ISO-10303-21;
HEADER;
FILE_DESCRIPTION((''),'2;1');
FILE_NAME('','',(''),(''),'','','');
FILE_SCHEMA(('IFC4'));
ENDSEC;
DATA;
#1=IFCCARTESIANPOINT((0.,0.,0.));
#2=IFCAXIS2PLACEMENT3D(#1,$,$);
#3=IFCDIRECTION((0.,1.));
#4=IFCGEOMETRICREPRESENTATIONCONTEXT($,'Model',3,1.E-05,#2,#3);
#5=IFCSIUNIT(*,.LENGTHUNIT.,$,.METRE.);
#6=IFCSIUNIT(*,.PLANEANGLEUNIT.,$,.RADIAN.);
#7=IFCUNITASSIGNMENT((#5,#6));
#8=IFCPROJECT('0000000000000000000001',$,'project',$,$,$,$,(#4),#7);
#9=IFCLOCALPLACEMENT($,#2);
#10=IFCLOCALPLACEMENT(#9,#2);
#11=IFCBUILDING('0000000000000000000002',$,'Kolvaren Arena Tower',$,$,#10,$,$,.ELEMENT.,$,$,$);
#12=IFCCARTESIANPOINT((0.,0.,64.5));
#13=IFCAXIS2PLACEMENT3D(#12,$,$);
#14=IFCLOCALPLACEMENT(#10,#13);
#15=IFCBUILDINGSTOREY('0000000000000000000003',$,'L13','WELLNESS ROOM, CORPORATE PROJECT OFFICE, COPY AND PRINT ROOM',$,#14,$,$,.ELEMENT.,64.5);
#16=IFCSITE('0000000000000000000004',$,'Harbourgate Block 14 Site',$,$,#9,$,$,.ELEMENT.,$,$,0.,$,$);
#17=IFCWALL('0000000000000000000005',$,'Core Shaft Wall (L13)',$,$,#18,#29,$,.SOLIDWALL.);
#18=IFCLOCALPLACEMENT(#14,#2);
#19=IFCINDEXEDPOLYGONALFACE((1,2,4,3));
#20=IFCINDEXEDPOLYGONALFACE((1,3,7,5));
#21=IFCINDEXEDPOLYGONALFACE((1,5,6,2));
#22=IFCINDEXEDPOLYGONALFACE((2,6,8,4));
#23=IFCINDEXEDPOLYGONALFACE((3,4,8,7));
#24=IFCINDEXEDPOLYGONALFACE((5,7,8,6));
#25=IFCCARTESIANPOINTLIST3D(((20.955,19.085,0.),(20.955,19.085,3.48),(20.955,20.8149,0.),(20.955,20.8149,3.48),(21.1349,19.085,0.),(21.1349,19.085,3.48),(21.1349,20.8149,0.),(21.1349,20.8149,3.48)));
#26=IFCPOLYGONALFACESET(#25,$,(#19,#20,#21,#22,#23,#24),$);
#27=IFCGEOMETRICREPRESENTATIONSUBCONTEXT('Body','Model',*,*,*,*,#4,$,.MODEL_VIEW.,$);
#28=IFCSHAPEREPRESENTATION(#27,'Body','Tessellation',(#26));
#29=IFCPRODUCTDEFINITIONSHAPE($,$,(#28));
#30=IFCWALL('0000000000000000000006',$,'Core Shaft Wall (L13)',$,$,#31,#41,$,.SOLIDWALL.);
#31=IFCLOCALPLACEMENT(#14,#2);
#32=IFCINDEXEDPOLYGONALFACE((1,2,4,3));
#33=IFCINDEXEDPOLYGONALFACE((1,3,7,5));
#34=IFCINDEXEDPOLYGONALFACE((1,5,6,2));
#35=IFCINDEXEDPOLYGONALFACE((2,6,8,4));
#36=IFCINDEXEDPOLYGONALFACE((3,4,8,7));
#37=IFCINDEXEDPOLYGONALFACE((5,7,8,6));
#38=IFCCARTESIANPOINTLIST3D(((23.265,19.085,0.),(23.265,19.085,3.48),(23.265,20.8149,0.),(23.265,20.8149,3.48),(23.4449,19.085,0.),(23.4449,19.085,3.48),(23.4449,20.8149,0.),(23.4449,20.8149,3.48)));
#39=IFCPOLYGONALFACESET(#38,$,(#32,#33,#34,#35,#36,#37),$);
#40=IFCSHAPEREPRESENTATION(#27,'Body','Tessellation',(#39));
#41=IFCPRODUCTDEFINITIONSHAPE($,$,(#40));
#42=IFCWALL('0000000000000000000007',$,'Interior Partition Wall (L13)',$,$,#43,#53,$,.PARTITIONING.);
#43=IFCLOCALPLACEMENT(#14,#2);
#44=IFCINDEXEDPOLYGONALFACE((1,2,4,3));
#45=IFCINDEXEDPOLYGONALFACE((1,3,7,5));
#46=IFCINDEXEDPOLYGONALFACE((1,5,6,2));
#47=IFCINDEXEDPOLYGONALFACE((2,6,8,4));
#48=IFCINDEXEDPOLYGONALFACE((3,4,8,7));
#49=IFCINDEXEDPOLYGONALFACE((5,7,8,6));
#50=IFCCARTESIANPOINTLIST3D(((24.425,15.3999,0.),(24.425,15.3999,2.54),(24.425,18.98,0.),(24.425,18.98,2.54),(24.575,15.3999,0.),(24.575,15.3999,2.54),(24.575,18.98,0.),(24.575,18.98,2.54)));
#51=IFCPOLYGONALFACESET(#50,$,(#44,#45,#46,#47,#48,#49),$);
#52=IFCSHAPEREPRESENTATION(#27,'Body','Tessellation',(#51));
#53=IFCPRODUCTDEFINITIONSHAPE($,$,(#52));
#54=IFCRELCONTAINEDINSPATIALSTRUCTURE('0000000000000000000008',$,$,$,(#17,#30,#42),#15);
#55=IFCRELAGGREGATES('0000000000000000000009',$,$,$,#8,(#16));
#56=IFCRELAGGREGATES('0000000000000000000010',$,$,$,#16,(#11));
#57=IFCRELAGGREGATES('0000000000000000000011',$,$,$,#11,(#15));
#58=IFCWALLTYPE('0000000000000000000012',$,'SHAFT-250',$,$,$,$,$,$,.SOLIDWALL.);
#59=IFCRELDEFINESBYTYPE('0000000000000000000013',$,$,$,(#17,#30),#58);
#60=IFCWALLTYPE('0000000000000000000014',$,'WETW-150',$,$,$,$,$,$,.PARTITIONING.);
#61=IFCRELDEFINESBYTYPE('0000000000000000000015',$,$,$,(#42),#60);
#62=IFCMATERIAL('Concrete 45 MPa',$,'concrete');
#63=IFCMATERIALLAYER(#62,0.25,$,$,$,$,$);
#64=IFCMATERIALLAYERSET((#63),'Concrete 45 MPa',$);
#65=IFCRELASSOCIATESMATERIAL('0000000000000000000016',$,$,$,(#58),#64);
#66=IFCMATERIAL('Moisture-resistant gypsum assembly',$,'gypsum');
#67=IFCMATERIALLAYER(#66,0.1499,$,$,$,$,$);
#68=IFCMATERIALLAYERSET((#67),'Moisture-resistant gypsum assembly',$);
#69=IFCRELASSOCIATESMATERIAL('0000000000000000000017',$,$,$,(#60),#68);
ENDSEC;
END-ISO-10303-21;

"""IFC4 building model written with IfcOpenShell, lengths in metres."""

from ifc_helpers import new_model, si_unit, direction, frame, frame_2d, origin, place, context, subcontext, project, spatial, rectangle, extrude, material, layer, layer_set, type_object, element, save


model = new_model("IFC4")

# Units and contexts
model_context = context("Model", 3, precision=1e-05, world=origin(), true_north=direction((0.0, 1.0)))
body_context = subcontext(model_context, "Body", "Model", "MODEL_VIEW")
ifc_project = project(units=[si_unit("LENGTHUNIT", "METRE"), si_unit("PLANEANGLEUNIT", "RADIAN")], contexts=[model_context])

# Site, building, storey
site_placement = place(None, origin())
site = spatial("IfcSite", under=ifc_project, at=site_placement, Name="Harbourgate Block 14 Site", CompositionType="ELEMENT", RefElevation=0.0)
building_placement = place(site_placement, origin())
building = spatial("IfcBuilding", under=site, at=building_placement, Name="Kolvaren Arena Tower", CompositionType="ELEMENT")
storey_placement = place(building_placement, frame((0.0, 0.0, 64.5)))
storey = spatial("IfcBuildingStorey", under=building, at=storey_placement, Name="L13", Description="WELLNESS ROOM, CORPORATE PROJECT OFFICE, COPY AND PRINT ROOM", CompositionType="ELEMENT", Elevation=64.5)

# Walls
ifc_material_1 = material(Name="Concrete 45 MPa", Category="concrete")
ifc_layer_1 = layer(ifc_material_1, 0.25)
ifc_layer_set_1 = layer_set([ifc_layer_1], Name="Concrete 45 MPa")
wall_type_1 = type_object("IfcWallType", Name="SHAFT-250", PredefinedType="SOLIDWALL", material=ifc_layer_set_1)
for number, where, z_axis, x_axis, name in (
    (1, (21.0449, 19.085, 0.0), (0.0, 0.0, 1.0), (0.0, 1.0, 0.0), "Core Shaft Wall (L13)"),
    (2, (23.355, 19.085, 0.0), (0.0, 0.0, 1.0), (0.0, 1.0, 0.0), "Core Shaft Wall (L13)"),
):
    element("IfcWall", number, at=place(storey_placement, frame(where, z_axis=z_axis, x_axis=x_axis)), inside=storey, type_object=wall_type_1, Name=name, PredefinedType="SOLIDWALL", context=body_context, shape_type="SweptSolid", body=[
        extrude(rectangle(XDim=1.73, YDim=0.1799, at=frame_2d((0.865, 0.0))), origin(), (0.0, 0.0, 1.0), 3.48),
    ])
ifc_material_2 = material(Name="Moisture-resistant gypsum assembly", Category="gypsum")
ifc_layer_2 = layer(ifc_material_2, 0.1499)
ifc_layer_set_2 = layer_set([ifc_layer_2], Name="Moisture-resistant gypsum assembly")
wall_type_2 = type_object("IfcWallType", Name="WETW-150", PredefinedType="PARTITIONING", material=ifc_layer_set_2)
wall_1_placement = place(storey_placement, frame((24.5, 15.3999, 0.0), z_axis=(0.0, 0.0, 1.0), x_axis=(0.0, 1.0, 0.0)))
element("IfcWall", 3, at=wall_1_placement, inside=storey, type_object=wall_type_2, Name="Interior Partition Wall (L13)", PredefinedType="PARTITIONING", context=body_context, shape_type="SweptSolid", body=[
    extrude(rectangle(XDim=3.5801, YDim=0.1499, at=frame_2d((1.79, 0.0))), origin(), (0.0, 0.0, 1.0), 2.54),
])

save(model, "model.ifc")
